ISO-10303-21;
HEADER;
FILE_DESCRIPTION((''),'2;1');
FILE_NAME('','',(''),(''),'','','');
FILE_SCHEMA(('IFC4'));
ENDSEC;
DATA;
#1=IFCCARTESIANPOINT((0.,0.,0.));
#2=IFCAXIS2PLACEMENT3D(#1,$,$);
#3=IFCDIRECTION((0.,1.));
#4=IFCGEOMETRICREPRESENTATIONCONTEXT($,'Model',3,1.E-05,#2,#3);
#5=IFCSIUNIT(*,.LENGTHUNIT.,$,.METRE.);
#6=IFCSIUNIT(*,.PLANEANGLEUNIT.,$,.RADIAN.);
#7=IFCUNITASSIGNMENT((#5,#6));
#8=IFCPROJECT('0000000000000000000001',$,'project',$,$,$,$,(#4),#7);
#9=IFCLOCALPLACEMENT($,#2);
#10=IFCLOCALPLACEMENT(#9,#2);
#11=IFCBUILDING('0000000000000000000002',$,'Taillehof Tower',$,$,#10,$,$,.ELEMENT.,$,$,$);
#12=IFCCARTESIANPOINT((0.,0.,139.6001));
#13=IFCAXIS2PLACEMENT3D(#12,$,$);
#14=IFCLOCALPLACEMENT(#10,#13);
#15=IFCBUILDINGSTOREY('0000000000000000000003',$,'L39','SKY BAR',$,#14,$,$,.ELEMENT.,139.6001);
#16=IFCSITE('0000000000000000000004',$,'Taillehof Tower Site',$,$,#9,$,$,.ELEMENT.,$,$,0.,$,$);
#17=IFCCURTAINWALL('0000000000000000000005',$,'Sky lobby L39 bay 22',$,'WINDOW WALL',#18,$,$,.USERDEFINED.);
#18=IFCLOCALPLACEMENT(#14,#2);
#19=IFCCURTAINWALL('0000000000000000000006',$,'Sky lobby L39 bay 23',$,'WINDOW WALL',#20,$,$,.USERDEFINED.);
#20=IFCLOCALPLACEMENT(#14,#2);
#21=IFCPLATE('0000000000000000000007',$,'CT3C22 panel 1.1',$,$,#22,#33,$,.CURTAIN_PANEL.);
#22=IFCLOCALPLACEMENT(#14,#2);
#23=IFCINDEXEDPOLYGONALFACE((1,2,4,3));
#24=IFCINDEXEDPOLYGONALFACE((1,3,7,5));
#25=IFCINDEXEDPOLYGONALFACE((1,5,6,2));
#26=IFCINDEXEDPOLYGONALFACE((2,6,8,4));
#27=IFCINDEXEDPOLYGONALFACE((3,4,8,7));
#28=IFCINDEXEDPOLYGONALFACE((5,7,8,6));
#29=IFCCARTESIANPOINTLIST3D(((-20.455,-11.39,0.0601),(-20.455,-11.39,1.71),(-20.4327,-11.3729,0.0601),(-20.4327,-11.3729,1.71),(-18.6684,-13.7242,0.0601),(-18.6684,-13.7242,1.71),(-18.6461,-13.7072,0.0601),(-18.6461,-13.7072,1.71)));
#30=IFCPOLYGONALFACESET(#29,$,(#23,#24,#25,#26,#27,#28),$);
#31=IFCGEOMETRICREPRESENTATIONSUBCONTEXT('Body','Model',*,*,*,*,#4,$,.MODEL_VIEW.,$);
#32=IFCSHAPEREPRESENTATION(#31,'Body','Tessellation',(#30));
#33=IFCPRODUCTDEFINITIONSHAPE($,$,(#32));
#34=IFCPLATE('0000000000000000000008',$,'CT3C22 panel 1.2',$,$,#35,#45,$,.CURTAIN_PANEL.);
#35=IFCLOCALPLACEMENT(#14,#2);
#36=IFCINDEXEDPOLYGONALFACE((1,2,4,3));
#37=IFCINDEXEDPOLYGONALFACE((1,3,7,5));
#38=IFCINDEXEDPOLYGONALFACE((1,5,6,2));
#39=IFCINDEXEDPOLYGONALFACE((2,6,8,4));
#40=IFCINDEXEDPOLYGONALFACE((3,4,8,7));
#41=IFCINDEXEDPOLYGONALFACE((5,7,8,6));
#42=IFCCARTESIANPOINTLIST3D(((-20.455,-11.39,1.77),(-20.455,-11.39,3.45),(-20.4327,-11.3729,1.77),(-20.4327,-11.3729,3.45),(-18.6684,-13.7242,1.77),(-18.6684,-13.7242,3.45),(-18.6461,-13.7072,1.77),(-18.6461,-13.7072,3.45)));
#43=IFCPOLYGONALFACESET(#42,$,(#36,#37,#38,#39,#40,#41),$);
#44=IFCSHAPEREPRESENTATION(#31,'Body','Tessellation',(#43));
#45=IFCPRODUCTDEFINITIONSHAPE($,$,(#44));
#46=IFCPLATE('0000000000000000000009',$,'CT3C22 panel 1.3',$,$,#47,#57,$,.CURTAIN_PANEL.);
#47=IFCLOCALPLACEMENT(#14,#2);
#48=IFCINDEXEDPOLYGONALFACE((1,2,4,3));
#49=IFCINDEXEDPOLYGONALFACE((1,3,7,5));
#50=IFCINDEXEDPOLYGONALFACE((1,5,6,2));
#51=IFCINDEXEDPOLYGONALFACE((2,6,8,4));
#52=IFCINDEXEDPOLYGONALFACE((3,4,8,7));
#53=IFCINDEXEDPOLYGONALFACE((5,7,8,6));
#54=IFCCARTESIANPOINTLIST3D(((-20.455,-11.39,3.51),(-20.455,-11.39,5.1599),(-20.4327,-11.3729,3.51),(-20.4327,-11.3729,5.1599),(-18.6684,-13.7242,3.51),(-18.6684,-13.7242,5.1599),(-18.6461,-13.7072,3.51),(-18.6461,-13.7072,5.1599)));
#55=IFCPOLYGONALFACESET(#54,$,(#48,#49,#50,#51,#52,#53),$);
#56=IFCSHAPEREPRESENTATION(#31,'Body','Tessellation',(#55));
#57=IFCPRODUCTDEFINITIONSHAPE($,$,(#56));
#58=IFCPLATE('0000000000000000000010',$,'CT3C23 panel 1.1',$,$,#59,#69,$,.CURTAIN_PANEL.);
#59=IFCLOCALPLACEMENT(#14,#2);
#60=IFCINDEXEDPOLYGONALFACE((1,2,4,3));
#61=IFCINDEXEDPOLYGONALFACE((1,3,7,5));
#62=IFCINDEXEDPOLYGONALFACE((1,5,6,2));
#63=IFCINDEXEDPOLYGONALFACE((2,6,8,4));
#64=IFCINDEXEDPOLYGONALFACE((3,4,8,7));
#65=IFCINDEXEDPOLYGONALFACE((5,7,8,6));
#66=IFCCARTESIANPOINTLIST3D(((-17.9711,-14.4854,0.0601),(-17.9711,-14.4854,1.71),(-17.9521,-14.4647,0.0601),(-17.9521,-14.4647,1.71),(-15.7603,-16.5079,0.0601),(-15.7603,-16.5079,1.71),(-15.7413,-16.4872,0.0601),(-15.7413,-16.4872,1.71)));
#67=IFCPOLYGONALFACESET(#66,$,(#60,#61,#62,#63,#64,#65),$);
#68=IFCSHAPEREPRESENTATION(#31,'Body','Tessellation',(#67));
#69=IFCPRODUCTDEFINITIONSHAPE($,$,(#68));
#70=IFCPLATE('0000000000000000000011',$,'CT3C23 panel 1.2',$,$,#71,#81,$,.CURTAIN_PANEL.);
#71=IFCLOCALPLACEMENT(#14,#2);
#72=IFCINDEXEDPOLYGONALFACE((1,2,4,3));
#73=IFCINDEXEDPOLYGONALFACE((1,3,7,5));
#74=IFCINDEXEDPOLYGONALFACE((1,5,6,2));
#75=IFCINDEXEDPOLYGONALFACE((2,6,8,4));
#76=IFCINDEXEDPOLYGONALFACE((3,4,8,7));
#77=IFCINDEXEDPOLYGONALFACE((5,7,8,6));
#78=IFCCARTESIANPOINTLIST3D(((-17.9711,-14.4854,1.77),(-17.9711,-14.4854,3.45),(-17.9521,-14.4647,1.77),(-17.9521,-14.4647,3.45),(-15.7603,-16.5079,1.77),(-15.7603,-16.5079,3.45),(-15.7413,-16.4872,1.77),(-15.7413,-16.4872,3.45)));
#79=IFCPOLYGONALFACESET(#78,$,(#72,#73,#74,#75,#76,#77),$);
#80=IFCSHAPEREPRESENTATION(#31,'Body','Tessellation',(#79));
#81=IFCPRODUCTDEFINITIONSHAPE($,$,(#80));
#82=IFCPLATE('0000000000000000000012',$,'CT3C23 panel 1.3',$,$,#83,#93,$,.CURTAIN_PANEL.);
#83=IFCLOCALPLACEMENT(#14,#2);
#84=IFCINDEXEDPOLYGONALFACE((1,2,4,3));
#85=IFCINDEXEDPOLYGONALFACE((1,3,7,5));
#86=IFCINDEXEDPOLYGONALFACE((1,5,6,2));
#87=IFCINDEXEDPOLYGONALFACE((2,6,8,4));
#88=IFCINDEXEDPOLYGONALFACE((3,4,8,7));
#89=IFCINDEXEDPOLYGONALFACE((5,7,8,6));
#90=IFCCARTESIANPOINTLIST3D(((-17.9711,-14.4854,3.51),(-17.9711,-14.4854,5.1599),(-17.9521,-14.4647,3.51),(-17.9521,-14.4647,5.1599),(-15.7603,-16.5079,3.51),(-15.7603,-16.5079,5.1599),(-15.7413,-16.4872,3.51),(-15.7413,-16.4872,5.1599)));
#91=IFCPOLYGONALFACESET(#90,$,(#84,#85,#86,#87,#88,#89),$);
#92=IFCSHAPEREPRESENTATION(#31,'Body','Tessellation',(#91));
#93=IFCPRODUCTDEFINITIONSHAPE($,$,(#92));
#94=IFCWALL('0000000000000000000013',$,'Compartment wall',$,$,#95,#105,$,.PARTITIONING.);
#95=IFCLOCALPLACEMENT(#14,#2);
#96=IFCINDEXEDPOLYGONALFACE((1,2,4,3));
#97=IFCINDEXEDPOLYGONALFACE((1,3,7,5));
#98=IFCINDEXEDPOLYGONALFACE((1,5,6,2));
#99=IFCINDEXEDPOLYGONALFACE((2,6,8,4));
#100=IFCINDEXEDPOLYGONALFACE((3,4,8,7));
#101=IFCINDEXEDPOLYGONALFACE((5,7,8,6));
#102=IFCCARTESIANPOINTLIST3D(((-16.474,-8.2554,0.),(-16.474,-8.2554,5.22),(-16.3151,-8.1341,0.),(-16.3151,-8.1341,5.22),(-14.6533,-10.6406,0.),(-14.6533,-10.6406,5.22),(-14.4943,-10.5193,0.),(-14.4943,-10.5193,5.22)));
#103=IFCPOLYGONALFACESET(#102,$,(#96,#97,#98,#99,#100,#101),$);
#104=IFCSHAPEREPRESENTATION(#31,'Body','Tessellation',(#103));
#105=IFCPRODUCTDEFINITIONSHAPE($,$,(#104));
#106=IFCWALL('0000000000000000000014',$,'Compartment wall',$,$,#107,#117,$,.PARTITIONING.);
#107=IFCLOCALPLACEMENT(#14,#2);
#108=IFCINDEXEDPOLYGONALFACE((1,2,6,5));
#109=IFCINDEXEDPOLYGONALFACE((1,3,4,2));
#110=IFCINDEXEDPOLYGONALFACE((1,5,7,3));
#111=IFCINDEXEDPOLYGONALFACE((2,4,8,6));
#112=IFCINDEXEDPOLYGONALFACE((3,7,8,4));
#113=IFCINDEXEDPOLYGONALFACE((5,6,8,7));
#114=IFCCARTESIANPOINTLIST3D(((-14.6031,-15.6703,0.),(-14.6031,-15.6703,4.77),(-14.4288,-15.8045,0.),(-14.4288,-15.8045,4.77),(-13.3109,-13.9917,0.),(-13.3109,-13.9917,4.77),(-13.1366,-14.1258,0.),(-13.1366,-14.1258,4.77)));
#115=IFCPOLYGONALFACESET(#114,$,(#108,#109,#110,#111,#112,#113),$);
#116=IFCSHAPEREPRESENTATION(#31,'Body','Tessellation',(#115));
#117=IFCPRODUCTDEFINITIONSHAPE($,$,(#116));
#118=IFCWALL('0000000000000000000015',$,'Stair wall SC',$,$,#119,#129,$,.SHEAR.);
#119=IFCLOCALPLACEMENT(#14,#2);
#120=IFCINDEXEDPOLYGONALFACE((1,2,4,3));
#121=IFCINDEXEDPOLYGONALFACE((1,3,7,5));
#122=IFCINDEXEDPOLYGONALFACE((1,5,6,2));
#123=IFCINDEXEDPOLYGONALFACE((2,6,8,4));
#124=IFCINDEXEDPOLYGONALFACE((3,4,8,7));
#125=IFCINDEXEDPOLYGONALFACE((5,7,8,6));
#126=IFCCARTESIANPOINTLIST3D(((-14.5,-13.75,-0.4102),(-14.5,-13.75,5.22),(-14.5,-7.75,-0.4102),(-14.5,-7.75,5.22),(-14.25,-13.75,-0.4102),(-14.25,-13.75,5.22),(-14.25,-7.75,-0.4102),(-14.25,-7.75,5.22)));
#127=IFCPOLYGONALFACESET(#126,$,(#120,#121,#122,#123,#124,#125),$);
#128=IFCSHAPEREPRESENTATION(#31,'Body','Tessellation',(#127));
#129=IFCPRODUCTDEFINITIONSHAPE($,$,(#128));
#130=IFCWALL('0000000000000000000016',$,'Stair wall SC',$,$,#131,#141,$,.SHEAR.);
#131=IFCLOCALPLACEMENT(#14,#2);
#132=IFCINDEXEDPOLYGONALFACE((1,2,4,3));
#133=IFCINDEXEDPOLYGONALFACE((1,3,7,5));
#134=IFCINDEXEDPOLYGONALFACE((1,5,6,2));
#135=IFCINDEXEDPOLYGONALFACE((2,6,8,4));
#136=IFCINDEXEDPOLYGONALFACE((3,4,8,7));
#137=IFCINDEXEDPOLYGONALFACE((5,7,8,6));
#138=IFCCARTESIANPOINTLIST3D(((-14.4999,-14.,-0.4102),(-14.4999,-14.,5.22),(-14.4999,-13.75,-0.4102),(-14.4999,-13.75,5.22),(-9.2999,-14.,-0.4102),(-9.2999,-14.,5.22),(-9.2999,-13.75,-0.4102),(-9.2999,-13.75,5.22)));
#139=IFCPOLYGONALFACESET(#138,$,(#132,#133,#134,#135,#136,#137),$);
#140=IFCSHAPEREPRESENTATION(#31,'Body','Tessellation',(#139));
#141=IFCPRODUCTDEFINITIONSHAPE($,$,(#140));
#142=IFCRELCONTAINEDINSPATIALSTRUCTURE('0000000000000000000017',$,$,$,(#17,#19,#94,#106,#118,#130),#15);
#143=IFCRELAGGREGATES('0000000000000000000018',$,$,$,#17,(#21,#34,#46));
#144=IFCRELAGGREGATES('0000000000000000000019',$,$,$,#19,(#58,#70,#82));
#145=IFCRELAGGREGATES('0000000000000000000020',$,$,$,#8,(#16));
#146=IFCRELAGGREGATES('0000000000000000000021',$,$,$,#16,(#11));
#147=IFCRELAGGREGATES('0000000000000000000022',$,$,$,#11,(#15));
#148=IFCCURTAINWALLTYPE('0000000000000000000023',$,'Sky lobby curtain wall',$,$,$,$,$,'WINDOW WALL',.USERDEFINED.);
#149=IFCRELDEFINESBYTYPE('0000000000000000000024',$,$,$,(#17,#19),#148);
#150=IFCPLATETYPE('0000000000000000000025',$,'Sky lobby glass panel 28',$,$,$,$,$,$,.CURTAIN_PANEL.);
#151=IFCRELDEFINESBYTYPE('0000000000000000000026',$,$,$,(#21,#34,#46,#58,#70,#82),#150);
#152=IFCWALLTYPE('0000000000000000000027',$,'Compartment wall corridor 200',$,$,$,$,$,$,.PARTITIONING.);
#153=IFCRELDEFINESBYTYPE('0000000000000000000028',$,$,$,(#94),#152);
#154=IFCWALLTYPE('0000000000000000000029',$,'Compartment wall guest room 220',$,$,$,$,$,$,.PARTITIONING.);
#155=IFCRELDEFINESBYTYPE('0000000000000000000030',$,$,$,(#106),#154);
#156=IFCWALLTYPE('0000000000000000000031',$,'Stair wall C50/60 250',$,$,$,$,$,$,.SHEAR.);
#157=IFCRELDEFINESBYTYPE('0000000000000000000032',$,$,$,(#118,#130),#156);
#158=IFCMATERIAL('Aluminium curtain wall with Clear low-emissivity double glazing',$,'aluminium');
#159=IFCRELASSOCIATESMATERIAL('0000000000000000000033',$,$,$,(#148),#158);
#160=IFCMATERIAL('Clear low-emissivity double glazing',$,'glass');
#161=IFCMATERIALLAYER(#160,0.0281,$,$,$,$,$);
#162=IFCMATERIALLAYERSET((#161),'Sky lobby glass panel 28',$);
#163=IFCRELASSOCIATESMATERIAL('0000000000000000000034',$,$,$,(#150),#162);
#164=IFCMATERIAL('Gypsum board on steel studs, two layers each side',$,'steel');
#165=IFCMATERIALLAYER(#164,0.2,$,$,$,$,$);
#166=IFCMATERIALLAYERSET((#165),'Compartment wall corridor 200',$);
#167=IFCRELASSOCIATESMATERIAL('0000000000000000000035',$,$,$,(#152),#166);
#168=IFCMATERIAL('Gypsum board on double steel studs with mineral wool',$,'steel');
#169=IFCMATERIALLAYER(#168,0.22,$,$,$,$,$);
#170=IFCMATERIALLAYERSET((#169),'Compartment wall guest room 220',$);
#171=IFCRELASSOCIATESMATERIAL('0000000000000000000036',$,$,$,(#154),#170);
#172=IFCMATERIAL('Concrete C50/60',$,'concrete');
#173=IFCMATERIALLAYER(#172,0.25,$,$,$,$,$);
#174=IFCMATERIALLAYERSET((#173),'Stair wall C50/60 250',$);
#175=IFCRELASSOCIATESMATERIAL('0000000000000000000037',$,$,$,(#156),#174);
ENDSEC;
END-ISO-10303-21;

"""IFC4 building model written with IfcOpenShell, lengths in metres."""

from ifc_helpers import new_model, si_unit, direction, frame, frame_2d, origin, origin_2d, place, context, subcontext, project, spatial, rectangle, extrude, material, layer, layer_set, type_object, element, aggregate, save


model = new_model("IFC4")

# Units and contexts
model_context = context("Model", 3, precision=1e-05, world=origin(), true_north=direction((0.0, 1.0)))
body_context = subcontext(model_context, "Body", "Model", "MODEL_VIEW")
ifc_project = project(units=[si_unit("LENGTHUNIT", "METRE"), si_unit("PLANEANGLEUNIT", "RADIAN")], contexts=[model_context])

# Site, building, storey
site_placement = place(None, origin())
site = spatial("IfcSite", under=ifc_project, at=site_placement, Name="Taillehof Tower Site", CompositionType="ELEMENT", RefElevation=0.0)
building_placement = place(site_placement, origin())
building = spatial("IfcBuilding", under=site, at=building_placement, Name="Taillehof Tower", CompositionType="ELEMENT")
storey_placement = place(building_placement, frame((0.0, 0.0, 139.6001)))
storey = spatial("IfcBuildingStorey", under=building, at=storey_placement, Name="L39", Description="SKY BAR", CompositionType="ELEMENT", Elevation=139.6001)

# Shared definitions
ifc_material_1 = material(Name="Aluminium curtain wall with Clear low-emissivity double glazing", Category="aluminium")
curtain_wall_type = type_object("IfcCurtainWallType", Name="Sky lobby curtain wall", ElementType="WINDOW WALL", PredefinedType="USERDEFINED", material=ifc_material_1)

# Curtain walls
curtain_wall_1_placement = place(storey_placement, origin())
curtain_wall_1 = element("IfcCurtainWall", 1, at=curtain_wall_1_placement, inside=storey, type_object=curtain_wall_type, Name="Sky lobby L39 bay 22", ObjectType="WINDOW WALL", PredefinedType="USERDEFINED")
curtain_wall_2_placement = place(storey_placement, origin())
curtain_wall_2 = element("IfcCurtainWall", 2, at=curtain_wall_2_placement, inside=storey, type_object=curtain_wall_type, Name="Sky lobby L39 bay 23", ObjectType="WINDOW WALL", PredefinedType="USERDEFINED")

# Plates
ifc_material_2 = material(Name="Clear low-emissivity double glazing", Category="glass")
ifc_layer_1 = layer(ifc_material_2, 0.0281)
ifc_layer_set_1 = layer_set([ifc_layer_1], Name="Sky lobby glass panel 28")
plate_type = type_object("IfcPlateType", Name="Sky lobby glass panel 28", PredefinedType="CURTAIN_PANEL", material=ifc_layer_set_1)
plate_1_placement = place(storey_placement, frame((-19.5505, -12.5486, 0.0601), z_axis=(0.0, 0.0, 1.0), x_axis=(0.607791, -0.794097, 0.0)))
plate_1 = element("IfcPlate", 3, at=plate_1_placement, type_object=plate_type, Name="CT3C22 panel 1.1", PredefinedType="CURTAIN_PANEL", context=body_context, shape_type="SweptSolid", body=[
    extrude(rectangle(XDim=2.9395, YDim=0.0281, at=origin_2d()), origin(), (0.0, 0.0, 1.0), 1.6499),
])
plate_2_placement = place(storey_placement, frame((-19.5505, -12.5486, 1.77), z_axis=(0.0, 0.0, 1.0), x_axis=(0.607791, -0.794097, 0.0)))
plate_2 = element("IfcPlate", 4, at=plate_2_placement, type_object=plate_type, Name="CT3C22 panel 1.2", PredefinedType="CURTAIN_PANEL", context=body_context, shape_type="SweptSolid", body=[
    extrude(rectangle(XDim=2.9395, YDim=0.0281, at=origin_2d()), origin(), (0.0, 0.0, 1.0), 1.6799),
])
plate_3_placement = place(storey_placement, frame((-19.5505, -12.5486, 3.51), z_axis=(0.0, 0.0, 1.0), x_axis=(0.607791, -0.794097, 0.0)))
plate_3 = element("IfcPlate", 5, at=plate_3_placement, type_object=plate_type, Name="CT3C22 panel 1.3", PredefinedType="CURTAIN_PANEL", context=body_context, shape_type="SweptSolid", body=[
    extrude(rectangle(XDim=2.9395, YDim=0.0281, at=origin_2d()), origin(), (0.0, 0.0, 1.0), 1.6499),
])
aggregate(curtain_wall_1, [plate_1, plate_2, plate_3])
plate_4_placement = place(storey_placement, frame((-16.8562, -15.4863, 0.0601), z_axis=(0.0, 0.0, 1.0), x_axis=(0.737827, -0.67499, 0.0)))
plate_4 = element("IfcPlate", 6, at=plate_4_placement, type_object=plate_type, Name="CT3C23 panel 1.1", PredefinedType="CURTAIN_PANEL", context=body_context, shape_type="SweptSolid", body=[
    extrude(rectangle(XDim=2.9963, YDim=0.0281, at=origin_2d()), origin(), (0.0, 0.0, 1.0), 1.6499),
])
plate_5_placement = place(storey_placement, frame((-16.8562, -15.4863, 1.77), z_axis=(0.0, 0.0, 1.0), x_axis=(0.737827, -0.67499, 0.0)))
plate_5 = element("IfcPlate", 7, at=plate_5_placement, type_object=plate_type, Name="CT3C23 panel 1.2", PredefinedType="CURTAIN_PANEL", context=body_context, shape_type="SweptSolid", body=[
    extrude(rectangle(XDim=2.9963, YDim=0.0281, at=origin_2d()), origin(), (0.0, 0.0, 1.0), 1.6799),
])
plate_6_placement = place(storey_placement, frame((-16.8562, -15.4863, 3.51), z_axis=(0.0, 0.0, 1.0), x_axis=(0.737827, -0.67499, 0.0)))
plate_6 = element("IfcPlate", 8, at=plate_6_placement, type_object=plate_type, Name="CT3C23 panel 1.3", PredefinedType="CURTAIN_PANEL", context=body_context, shape_type="SweptSolid", body=[
    extrude(rectangle(XDim=2.9963, YDim=0.0281, at=origin_2d()), origin(), (0.0, 0.0, 1.0), 1.6499),
])
aggregate(curtain_wall_2, [plate_4, plate_5, plate_6])

# Walls
ifc_material_3 = material(Name="Gypsum board on steel studs, two layers each side", Category="steel")
ifc_layer_2 = layer(ifc_material_3, 0.2)
ifc_layer_set_2 = layer_set([ifc_layer_2], Name="Compartment wall corridor 200")
wall_type_1 = type_object("IfcWallType", Name="Compartment wall corridor 200", PredefinedType="PARTITIONING", material=ifc_layer_set_2)
wall_1_placement = place(storey_placement, frame((-14.5737, -10.5801, 0.0), z_axis=(0.0, 0.0, 1.0), x_axis=(-0.606773, 0.794875, 0.0)))
element("IfcWall", 9, at=wall_1_placement, inside=storey, type_object=wall_type_1, Name="Compartment wall", PredefinedType="PARTITIONING", context=body_context, shape_type="SweptSolid", body=[
    extrude(rectangle(XDim=3.0007, YDim=0.2, at=frame_2d((1.5005, 0.0))), origin(), (0.0, 0.0, 1.0), 5.22),
])
ifc_material_4 = material(Name="Gypsum board on double steel studs with mineral wool", Category="steel")
ifc_layer_3 = layer(ifc_material_4, 0.22)
ifc_layer_set_3 = layer_set([ifc_layer_3], Name="Compartment wall guest room 220")
wall_type_2 = type_object("IfcWallType", Name="Compartment wall guest room 220", PredefinedType="PARTITIONING", material=ifc_layer_set_3)
wall_2_placement = place(storey_placement, frame((-14.5159, -15.7373, 0.0), z_axis=(0.0, 0.0, 1.0), x_axis=(0.609984, 0.792414, 0.0)))
element("IfcWall", 10, at=wall_2_placement, inside=storey, type_object=wall_type_2, Name="Compartment wall", PredefinedType="PARTITIONING", context=body_context, shape_type="SweptSolid", body=[
    extrude(rectangle(XDim=2.1184, YDim=0.22, at=frame_2d((1.0591, 0.0))), origin(), (0.0, 0.0, 1.0), 4.77),
])
ifc_material_5 = material(Name="Concrete C50/60", Category="concrete")
ifc_layer_4 = layer(ifc_material_5, 0.25)
ifc_layer_set_4 = layer_set([ifc_layer_4], Name="Stair wall C50/60 250")
wall_type_3 = type_object("IfcWallType", Name="Stair wall C50/60 250", PredefinedType="SHEAR", material=ifc_layer_set_4)
wall_3_placement = place(storey_placement, frame((-14.375, -13.75, -0.4102), z_axis=(0.0, 0.0, 1.0), x_axis=(0.0, 1.0, 0.0)))
element("IfcWall", 11, at=wall_3_placement, inside=storey, type_object=wall_type_3, Name="Stair wall SC", PredefinedType="SHEAR", context=body_context, shape_type="SweptSolid", body=[
    extrude(rectangle(XDim=6.0, YDim=0.25, at=frame_2d((3.0, 0.0))), origin(), (0.0, 0.0, 1.0), 5.6301),
])
wall_4_placement = place(storey_placement, frame((-14.5, -13.875, -0.4102), z_axis=(0.0, 0.0, 1.0), x_axis=(1.0, 0.0, 0.0)))
element("IfcWall", 12, at=wall_4_placement, inside=storey, type_object=wall_type_3, Name="Stair wall SC", PredefinedType="SHEAR", context=body_context, shape_type="SweptSolid", body=[
    extrude(rectangle(XDim=5.2, YDim=0.25, at=frame_2d((2.6001, 0.0))), origin(), (0.0, 0.0, 1.0), 5.6301),
])

save(model, "model.ifc")
